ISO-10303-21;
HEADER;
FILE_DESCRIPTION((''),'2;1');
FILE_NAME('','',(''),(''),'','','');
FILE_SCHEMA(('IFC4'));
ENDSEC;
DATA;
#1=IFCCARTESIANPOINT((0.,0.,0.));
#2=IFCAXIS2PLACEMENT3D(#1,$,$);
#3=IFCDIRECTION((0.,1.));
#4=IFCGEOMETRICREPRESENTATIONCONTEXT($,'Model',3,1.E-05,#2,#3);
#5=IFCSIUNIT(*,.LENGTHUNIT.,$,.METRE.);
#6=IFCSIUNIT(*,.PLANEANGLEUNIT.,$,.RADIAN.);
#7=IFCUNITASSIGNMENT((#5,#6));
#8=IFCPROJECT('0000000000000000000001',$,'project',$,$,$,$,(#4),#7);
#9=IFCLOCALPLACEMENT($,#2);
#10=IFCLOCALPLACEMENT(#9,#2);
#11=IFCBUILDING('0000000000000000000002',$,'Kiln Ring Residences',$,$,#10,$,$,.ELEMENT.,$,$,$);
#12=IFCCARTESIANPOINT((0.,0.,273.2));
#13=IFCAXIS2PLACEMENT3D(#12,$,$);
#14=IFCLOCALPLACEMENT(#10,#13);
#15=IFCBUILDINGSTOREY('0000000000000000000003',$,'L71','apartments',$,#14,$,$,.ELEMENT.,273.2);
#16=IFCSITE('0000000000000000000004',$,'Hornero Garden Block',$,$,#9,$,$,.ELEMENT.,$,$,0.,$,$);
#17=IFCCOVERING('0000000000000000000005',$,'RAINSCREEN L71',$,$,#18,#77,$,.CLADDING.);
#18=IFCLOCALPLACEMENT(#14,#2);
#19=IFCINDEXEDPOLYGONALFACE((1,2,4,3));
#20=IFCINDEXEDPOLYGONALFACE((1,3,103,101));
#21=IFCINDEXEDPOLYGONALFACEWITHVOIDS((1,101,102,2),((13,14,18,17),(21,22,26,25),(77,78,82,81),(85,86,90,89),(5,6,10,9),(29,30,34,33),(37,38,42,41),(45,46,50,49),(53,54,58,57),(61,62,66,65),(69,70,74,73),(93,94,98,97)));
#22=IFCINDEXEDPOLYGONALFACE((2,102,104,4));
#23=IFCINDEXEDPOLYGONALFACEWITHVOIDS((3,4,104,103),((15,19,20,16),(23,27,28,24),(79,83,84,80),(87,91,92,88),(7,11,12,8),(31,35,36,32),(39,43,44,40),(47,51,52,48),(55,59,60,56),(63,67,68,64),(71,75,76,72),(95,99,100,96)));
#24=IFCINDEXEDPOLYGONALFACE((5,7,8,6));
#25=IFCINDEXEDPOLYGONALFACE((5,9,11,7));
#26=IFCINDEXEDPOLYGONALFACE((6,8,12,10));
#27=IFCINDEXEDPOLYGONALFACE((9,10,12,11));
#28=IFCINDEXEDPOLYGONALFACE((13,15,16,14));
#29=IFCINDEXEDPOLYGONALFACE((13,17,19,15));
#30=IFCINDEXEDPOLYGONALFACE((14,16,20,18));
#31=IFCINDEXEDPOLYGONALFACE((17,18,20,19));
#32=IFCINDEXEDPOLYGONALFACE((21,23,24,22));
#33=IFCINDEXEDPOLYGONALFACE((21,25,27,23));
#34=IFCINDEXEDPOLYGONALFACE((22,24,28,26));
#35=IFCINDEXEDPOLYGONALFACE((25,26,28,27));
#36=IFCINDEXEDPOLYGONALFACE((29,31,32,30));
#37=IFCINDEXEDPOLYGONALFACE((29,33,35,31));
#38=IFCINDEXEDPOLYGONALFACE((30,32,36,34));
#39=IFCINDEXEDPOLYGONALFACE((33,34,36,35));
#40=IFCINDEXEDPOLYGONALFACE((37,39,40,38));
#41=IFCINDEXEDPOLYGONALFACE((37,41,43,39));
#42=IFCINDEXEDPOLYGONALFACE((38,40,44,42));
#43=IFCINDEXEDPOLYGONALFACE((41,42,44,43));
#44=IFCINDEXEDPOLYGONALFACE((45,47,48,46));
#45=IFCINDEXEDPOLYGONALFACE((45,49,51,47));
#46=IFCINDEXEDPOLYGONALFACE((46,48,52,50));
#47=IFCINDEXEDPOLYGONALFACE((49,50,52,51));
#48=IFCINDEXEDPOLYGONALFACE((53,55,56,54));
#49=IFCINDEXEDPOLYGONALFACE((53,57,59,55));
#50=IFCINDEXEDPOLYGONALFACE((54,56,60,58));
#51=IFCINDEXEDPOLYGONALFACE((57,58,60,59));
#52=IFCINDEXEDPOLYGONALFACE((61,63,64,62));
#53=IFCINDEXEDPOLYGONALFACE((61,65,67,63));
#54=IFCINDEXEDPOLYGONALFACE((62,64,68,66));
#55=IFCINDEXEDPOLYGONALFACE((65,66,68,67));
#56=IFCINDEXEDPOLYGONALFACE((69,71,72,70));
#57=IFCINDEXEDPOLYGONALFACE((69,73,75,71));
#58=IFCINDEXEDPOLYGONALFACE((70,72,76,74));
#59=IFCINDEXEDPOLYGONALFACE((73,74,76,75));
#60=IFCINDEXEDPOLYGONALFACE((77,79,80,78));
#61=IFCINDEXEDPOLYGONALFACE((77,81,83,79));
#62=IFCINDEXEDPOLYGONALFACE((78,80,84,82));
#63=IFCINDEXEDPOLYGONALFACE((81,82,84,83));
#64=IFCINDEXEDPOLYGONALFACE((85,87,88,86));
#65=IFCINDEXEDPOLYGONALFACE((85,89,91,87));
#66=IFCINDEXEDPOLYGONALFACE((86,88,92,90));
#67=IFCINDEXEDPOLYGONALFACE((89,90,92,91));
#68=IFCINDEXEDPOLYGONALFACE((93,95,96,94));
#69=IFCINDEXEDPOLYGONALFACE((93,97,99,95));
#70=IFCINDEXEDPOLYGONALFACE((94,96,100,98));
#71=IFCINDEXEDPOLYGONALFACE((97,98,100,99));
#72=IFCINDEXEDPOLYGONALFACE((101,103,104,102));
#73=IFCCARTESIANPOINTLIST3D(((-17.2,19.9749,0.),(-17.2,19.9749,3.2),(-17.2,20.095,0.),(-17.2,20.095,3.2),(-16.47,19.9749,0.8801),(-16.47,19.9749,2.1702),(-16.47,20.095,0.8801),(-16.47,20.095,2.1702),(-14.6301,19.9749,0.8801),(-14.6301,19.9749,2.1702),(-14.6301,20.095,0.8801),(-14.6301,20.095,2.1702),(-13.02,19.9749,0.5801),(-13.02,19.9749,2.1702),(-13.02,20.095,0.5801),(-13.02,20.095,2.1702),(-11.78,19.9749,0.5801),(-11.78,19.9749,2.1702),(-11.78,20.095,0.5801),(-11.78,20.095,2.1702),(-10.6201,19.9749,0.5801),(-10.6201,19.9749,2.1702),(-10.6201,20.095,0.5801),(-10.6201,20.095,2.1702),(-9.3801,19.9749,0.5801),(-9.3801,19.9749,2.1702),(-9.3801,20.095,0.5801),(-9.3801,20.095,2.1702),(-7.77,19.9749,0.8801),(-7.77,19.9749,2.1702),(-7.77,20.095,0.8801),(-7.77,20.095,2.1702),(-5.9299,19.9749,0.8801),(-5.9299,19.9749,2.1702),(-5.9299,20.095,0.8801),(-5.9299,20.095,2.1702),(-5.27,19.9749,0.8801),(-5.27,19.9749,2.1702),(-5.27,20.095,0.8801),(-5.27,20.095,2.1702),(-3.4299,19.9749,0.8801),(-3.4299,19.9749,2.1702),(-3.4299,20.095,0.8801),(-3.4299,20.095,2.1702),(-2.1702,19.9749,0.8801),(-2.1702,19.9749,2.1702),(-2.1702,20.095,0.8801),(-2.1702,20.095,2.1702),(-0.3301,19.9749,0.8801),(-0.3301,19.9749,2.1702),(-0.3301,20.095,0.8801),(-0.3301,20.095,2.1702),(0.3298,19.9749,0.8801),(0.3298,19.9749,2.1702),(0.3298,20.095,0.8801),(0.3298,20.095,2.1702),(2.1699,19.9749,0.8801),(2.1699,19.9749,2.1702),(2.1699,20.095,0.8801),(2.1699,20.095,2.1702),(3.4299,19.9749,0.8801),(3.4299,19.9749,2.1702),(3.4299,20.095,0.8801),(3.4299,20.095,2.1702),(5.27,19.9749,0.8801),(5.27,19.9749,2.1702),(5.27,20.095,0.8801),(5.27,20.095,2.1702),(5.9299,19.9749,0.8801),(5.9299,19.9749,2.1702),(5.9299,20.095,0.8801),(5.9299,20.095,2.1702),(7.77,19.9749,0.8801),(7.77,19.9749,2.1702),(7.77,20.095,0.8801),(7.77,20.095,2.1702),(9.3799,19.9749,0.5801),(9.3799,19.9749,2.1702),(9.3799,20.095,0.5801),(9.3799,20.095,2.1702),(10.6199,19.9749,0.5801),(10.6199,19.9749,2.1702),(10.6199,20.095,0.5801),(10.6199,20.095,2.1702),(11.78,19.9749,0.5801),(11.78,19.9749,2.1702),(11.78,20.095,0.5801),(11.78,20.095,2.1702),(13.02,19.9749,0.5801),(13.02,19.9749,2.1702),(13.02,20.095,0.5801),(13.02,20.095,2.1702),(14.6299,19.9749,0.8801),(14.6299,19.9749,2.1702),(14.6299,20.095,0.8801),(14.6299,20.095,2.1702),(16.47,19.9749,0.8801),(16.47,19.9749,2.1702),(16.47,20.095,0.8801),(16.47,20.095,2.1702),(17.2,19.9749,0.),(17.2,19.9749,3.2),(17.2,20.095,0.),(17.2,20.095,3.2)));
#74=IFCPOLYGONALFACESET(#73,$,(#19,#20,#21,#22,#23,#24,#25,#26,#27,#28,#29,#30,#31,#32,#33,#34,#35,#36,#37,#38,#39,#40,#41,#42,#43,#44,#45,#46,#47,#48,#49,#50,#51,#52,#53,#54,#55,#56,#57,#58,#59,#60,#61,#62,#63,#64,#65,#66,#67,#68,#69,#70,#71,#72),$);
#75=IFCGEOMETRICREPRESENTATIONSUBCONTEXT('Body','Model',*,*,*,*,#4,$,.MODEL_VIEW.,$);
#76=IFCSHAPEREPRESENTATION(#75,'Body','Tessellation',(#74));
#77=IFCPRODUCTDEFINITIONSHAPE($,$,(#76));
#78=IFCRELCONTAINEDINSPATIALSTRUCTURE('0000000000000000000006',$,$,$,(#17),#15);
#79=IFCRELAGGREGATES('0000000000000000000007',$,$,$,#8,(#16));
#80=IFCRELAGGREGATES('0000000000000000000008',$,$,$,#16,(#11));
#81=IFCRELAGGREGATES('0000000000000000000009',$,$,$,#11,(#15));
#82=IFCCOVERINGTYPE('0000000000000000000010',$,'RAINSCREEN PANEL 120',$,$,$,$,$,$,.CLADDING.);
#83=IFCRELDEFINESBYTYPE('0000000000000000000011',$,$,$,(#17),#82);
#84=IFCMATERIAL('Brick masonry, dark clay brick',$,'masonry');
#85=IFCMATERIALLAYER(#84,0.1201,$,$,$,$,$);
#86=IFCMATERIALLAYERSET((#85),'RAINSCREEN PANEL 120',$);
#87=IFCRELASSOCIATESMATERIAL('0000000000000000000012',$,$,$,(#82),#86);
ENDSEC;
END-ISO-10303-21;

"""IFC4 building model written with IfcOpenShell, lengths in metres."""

from ifc_helpers import new_model, si_unit, direction, frame, origin, place, context, subcontext, project, spatial, polyline, outline, extrude, material, layer, layer_set, type_object, element, save


model = new_model("IFC4")

# Units and contexts
model_context = context("Model", 3, precision=1e-05, world=origin(), true_north=direction((0.0, 1.0)))
body_context = subcontext(model_context, "Body", "Model", "MODEL_VIEW")
ifc_project = project(units=[si_unit("LENGTHUNIT", "METRE"), si_unit("PLANEANGLEUNIT", "RADIAN")], contexts=[model_context])

# Site, building, storey
site_placement = place(None, origin())
site = spatial("IfcSite", under=ifc_project, at=site_placement, Name="Hornero Garden Block", CompositionType="ELEMENT", RefElevation=0.0)
building_placement = place(site_placement, origin())
building = spatial("IfcBuilding", under=site, at=building_placement, Name="Kiln Ring Residences", CompositionType="ELEMENT")
storey_placement = place(building_placement, frame((0.0, 0.0, 273.2)))
storey = spatial("IfcBuildingStorey", under=building, at=storey_placement, Name="L71", Description="apartments", CompositionType="ELEMENT", Elevation=273.2)

# Covering
ifc_material_1 = material(Name="Brick masonry, dark clay brick", Category="masonry")
ifc_layer_1 = layer(ifc_material_1, 0.1201)
ifc_layer_set_1 = layer_set([ifc_layer_1], Name="RAINSCREEN PANEL 120")
covering_type_1 = type_object("IfcCoveringType", Name="RAINSCREEN PANEL 120", PredefinedType="CLADDING", material=ifc_layer_set_1)
covering_1_placement = place(storey_placement, frame((17.2, 20.0349, 0.0), z_axis=(0.0, 0.0, 1.0), x_axis=(-1.0, 0.0, 0.0)))
element("IfcCovering", 1, at=covering_1_placement, inside=storey, type_object=covering_type_1, Name="RAINSCREEN L71", PredefinedType="CLADDING", context=body_context, shape_type="SweptSolid", body=[
    extrude(outline(polyline([(0.0, 0.0), (34.3999, 0.0), (34.3999, 3.2), (0.0, 3.2), (0.0, 0.0)]), holes=[polyline([(4.1799, 0.5801), (5.4199, 0.5801), (5.4199, 2.1702), (4.1799, 2.1702), (4.1799, 0.5801)]), polyline([(6.5801, 2.1702), (6.5801, 0.5801), (7.8201, 0.5801), (7.8201, 2.1702), (6.5801, 2.1702)]), polyline([(0.73, 2.1702), (0.73, 0.8801), (2.5701, 0.8801), (2.5701, 2.1702), (0.73, 2.1702)]), polyline([(9.4299, 0.8801), (11.27, 0.8801), (11.27, 2.1702), (9.4299, 2.1702), (9.4299, 0.8801)]), polyline([(11.9299, 2.1702), (11.9299, 0.8801), (13.77, 0.8801), (13.77, 2.1702), (11.9299, 2.1702)]), polyline([(15.03, 2.1702), (15.03, 0.8801), (16.8701, 0.8801), (16.8701, 2.1702), (15.03, 2.1702)]), polyline([(26.5801, 0.5801), (27.8201, 0.5801), (27.8201, 2.1702), (26.5801, 2.1702), (26.5801, 0.5801)]), polyline([(28.98, 2.1702), (28.98, 0.5801), (30.22, 0.5801), (30.22, 2.1702), (28.98, 2.1702)]), polyline([(17.53, 2.1702), (17.53, 0.8801), (19.3701, 0.8801), (19.3701, 2.1702), (17.53, 2.1702)]), polyline([(20.6299, 0.8801), (22.47, 0.8801), (22.47, 2.1702), (20.6299, 2.1702), (20.6299, 0.8801)]), polyline([(23.1299, 2.1702), (23.1299, 0.8801), (24.97, 0.8801), (24.97, 2.1702), (23.1299, 2.1702)]), polyline([(31.8301, 2.1702), (31.8301, 0.8801), (33.6699, 0.8801), (33.6699, 2.1702), (31.8301, 2.1702)])]), frame((0.0, 0.0601, 0.0), z_axis=(0.0, -1.0, 0.0), x_axis=(1.0, 0.0, 0.0)), (0.0, 0.0, 1.0), 0.1201),
])

save(model, "model.ifc")
